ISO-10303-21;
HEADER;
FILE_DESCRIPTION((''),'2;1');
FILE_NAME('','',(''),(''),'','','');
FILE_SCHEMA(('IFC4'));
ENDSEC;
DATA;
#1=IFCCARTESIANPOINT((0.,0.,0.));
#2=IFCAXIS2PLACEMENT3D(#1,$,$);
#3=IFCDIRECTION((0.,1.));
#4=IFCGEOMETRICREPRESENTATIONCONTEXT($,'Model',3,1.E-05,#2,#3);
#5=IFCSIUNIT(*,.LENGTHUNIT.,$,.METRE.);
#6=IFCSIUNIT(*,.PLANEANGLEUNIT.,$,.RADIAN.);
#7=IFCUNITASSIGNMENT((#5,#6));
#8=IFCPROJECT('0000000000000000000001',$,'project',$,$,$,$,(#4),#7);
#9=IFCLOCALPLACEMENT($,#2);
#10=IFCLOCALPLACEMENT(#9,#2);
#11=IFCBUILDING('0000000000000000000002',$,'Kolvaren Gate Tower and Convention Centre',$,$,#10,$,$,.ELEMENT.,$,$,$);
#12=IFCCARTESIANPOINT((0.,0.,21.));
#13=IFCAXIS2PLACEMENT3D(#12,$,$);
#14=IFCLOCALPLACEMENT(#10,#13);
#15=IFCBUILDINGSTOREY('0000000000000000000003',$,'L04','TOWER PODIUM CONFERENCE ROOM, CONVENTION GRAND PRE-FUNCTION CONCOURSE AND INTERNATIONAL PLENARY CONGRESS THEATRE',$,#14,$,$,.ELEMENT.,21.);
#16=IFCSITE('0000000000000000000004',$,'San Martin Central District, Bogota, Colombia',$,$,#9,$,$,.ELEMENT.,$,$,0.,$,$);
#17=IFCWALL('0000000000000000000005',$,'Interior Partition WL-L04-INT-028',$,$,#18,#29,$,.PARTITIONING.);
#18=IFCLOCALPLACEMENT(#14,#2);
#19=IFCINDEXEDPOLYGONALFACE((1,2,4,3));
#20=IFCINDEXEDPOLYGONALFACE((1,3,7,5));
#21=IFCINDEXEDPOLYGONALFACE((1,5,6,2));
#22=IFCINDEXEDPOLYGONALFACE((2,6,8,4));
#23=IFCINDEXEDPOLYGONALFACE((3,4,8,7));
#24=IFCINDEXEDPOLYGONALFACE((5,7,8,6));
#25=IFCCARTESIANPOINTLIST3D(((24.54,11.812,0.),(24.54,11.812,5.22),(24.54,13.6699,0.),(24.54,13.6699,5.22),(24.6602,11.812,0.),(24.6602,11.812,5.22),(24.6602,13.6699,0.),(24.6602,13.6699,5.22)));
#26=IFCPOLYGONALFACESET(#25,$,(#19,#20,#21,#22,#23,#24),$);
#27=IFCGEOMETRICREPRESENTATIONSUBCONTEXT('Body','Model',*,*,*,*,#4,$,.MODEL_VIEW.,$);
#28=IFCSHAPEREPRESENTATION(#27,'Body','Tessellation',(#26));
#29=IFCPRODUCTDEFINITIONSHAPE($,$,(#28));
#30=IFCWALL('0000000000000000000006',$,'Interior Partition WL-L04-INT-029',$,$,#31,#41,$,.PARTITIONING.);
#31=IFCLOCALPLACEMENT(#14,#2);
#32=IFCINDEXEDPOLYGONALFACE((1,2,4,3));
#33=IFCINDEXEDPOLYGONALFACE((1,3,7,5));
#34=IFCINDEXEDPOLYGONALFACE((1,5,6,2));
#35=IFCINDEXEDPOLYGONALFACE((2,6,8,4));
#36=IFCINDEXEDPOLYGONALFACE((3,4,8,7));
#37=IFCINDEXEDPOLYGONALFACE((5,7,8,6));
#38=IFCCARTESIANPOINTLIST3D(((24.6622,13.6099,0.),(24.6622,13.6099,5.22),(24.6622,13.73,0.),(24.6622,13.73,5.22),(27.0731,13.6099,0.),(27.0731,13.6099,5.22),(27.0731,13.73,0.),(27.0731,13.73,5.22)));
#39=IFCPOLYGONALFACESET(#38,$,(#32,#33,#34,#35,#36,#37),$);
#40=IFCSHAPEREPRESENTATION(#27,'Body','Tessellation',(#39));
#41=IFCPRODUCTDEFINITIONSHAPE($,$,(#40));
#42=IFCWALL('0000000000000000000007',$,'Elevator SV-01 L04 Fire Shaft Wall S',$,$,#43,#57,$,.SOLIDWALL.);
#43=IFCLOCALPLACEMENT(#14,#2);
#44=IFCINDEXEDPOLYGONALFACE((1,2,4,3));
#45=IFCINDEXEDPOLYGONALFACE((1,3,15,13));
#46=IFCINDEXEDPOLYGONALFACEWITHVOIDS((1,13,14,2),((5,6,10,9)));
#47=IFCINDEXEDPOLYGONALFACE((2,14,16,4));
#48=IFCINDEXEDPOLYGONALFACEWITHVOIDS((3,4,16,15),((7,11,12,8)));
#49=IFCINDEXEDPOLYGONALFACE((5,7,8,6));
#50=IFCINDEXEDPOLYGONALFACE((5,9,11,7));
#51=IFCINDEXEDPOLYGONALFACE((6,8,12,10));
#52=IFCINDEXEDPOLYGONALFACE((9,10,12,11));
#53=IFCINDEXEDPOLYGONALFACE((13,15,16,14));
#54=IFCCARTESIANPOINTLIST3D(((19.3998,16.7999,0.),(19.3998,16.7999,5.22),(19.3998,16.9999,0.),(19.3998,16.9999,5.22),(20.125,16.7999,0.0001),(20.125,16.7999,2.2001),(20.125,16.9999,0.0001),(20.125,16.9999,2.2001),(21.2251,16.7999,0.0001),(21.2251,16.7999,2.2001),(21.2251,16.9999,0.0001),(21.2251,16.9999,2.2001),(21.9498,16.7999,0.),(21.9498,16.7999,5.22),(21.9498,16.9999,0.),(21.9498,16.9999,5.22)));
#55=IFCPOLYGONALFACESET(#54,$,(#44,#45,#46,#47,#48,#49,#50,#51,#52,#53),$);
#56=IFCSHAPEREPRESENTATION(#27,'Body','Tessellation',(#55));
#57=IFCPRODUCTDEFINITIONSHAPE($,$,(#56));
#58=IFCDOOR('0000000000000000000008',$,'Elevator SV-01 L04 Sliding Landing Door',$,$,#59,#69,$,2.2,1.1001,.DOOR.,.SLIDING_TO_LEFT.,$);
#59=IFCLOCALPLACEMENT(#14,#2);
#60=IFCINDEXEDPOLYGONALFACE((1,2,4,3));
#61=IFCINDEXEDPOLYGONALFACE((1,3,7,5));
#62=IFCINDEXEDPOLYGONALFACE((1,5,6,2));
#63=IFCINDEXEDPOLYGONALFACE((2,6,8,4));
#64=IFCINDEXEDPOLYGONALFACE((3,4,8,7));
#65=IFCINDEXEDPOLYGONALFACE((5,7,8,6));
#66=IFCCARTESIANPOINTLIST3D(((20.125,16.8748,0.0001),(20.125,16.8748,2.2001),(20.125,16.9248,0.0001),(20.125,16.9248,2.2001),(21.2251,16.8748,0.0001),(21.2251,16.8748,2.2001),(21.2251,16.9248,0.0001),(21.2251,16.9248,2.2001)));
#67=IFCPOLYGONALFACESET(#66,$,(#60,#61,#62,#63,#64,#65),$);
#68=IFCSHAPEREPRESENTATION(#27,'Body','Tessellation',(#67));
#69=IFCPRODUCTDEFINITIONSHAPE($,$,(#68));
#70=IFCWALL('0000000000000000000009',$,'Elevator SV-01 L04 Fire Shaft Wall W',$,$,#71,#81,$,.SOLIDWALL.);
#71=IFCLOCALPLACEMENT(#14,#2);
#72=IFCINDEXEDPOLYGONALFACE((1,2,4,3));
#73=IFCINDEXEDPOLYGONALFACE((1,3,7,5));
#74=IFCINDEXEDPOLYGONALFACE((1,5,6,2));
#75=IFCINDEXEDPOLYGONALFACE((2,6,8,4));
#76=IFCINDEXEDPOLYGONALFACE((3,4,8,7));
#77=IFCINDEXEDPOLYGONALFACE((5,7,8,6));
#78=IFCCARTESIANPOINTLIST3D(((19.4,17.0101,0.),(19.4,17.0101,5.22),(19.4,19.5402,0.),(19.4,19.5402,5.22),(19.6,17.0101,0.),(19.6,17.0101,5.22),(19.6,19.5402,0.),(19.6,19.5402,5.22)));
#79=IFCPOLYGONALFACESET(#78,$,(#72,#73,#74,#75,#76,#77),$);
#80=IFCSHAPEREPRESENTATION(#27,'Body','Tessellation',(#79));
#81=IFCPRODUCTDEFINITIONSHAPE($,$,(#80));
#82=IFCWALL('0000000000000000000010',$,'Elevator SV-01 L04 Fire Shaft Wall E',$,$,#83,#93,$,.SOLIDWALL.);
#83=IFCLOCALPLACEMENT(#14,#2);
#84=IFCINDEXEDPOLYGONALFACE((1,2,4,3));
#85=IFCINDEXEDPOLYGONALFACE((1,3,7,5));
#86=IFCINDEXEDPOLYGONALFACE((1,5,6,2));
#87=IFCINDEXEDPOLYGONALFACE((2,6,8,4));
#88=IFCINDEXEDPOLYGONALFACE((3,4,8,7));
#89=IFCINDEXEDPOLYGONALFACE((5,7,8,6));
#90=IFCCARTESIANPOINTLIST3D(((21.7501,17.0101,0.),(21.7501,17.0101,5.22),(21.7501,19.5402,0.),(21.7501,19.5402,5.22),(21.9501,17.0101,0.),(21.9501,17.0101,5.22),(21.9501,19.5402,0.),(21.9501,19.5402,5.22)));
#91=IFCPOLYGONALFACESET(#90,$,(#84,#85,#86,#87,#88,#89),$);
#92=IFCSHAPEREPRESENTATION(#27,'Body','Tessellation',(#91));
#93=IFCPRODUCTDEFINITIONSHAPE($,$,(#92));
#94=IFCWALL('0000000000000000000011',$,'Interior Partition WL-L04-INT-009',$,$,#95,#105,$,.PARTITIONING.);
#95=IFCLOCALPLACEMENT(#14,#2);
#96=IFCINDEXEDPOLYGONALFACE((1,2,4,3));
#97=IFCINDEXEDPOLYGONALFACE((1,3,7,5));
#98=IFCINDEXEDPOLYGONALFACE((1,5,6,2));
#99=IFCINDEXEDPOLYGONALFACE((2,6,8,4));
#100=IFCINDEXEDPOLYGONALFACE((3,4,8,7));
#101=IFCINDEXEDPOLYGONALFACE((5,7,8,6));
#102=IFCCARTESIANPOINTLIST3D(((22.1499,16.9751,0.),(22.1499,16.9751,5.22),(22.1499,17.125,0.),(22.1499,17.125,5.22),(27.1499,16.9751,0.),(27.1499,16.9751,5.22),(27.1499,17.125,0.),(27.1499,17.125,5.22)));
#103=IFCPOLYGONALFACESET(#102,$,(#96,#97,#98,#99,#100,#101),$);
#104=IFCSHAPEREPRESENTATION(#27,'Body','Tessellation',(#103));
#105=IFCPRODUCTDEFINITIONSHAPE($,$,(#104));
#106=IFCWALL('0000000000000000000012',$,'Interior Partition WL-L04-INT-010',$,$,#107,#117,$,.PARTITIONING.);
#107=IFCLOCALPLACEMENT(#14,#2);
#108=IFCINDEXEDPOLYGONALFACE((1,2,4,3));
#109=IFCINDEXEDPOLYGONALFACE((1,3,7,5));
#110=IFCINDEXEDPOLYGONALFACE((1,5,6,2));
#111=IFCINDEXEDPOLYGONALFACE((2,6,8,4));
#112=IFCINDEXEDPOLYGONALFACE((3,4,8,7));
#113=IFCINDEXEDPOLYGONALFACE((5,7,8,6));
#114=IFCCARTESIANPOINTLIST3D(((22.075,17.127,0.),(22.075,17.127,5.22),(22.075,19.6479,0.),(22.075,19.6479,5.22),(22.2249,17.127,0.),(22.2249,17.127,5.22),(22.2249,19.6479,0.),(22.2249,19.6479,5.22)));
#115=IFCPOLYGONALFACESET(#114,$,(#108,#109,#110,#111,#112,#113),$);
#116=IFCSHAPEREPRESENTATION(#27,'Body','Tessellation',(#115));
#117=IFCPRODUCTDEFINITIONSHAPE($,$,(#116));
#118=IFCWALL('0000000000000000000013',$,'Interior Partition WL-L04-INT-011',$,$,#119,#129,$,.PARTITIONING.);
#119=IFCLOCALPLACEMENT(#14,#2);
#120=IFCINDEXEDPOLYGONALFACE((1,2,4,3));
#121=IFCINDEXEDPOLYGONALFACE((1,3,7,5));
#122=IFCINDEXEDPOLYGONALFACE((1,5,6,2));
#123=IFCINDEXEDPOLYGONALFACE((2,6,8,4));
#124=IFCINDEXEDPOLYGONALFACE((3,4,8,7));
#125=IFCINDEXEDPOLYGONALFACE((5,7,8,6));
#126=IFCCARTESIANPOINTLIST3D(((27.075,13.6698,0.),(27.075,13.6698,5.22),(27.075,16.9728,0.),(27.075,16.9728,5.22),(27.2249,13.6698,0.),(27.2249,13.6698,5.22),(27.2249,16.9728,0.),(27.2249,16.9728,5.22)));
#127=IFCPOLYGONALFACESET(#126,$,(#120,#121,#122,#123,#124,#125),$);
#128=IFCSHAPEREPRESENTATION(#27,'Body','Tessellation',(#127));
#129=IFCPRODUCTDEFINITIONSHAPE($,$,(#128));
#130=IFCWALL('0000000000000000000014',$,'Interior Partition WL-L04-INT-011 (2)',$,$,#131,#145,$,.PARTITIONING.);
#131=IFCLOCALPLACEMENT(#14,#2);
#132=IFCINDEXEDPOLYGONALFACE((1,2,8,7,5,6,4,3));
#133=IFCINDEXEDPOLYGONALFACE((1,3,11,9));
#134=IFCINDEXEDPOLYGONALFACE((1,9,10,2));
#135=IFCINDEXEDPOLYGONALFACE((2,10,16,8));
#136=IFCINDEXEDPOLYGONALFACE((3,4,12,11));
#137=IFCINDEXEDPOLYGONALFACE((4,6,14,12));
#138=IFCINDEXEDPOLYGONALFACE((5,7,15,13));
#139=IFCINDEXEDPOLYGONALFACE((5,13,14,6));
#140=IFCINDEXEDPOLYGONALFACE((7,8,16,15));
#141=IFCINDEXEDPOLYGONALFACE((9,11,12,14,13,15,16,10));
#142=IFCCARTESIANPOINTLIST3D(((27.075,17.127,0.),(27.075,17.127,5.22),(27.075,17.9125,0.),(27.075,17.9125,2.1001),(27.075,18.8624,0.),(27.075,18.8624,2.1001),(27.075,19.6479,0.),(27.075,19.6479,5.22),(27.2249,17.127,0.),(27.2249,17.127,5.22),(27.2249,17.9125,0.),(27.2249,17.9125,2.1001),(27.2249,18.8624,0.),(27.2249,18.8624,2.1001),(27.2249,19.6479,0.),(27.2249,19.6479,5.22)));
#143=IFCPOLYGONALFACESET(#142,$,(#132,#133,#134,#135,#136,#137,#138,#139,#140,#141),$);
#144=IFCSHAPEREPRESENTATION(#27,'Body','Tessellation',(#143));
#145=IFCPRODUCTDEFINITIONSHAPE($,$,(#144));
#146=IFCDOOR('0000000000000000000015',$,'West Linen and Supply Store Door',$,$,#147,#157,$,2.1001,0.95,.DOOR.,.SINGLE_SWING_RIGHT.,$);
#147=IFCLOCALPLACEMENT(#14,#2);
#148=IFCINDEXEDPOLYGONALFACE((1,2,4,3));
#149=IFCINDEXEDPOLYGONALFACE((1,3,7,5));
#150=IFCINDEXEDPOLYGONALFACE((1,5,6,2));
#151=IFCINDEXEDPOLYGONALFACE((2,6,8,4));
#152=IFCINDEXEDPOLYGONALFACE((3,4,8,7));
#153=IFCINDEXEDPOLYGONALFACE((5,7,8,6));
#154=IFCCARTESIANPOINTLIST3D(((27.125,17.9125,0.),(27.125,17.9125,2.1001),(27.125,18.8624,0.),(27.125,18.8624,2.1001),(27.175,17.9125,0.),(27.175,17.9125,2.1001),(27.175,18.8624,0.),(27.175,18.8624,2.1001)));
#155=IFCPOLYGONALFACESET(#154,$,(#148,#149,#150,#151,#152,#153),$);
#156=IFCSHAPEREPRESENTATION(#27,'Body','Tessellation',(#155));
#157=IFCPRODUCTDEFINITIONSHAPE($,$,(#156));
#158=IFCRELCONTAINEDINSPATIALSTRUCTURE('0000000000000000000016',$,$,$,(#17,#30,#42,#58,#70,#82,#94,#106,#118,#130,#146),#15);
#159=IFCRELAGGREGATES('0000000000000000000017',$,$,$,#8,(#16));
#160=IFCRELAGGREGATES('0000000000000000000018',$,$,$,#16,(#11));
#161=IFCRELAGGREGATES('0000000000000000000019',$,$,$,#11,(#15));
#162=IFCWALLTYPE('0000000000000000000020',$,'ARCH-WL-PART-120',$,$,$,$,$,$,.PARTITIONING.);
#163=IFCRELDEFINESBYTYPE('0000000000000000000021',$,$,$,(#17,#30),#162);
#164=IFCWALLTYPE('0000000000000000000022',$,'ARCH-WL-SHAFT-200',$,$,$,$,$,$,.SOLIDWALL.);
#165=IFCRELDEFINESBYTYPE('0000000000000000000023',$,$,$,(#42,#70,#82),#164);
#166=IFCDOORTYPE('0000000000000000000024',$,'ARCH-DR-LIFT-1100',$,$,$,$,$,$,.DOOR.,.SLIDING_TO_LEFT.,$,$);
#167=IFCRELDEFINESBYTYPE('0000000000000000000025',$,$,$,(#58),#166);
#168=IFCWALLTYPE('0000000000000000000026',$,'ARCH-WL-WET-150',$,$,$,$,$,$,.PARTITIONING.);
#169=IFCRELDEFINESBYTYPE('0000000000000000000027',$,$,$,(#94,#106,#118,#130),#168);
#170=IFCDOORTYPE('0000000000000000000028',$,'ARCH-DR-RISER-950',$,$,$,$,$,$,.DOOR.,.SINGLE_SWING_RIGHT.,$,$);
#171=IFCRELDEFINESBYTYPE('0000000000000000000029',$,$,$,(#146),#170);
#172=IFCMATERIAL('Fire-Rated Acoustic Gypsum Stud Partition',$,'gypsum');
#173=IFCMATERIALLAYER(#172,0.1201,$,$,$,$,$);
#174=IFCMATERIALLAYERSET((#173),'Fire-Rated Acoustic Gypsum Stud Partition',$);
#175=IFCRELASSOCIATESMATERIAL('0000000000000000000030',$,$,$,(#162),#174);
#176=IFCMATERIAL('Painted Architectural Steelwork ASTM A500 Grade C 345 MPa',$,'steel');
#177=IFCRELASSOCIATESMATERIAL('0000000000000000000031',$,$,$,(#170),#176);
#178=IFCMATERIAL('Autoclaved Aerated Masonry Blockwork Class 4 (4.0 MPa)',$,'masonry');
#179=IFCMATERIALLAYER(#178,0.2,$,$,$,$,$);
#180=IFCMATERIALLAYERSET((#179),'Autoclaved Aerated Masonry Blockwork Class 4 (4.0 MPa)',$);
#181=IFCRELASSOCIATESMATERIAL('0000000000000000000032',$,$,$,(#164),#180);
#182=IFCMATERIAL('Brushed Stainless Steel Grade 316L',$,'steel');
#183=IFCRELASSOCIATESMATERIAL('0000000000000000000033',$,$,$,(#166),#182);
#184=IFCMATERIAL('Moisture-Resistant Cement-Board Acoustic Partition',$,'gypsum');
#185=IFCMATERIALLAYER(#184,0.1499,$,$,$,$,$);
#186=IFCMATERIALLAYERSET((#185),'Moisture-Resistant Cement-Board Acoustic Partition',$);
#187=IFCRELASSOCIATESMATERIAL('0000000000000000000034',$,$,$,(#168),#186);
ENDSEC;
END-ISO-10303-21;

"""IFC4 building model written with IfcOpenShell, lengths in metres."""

from ifc_helpers import new_model, si_unit, direction, frame, frame_2d, origin, place, context, subcontext, project, spatial, rectangle, extrude, material, layer, layer_set, type_object, element, fill, save


model = new_model("IFC4")

# Units and contexts
model_context = context("Model", 3, precision=1e-05, world=origin(), true_north=direction((0.0, 1.0)))
body_context = subcontext(model_context, "Body", "Model", "MODEL_VIEW")
ifc_project = project(units=[si_unit("LENGTHUNIT", "METRE"), si_unit("PLANEANGLEUNIT", "RADIAN")], contexts=[model_context])

# Site, building, storey
site_placement = place(None, origin())
site = spatial("IfcSite", under=ifc_project, at=site_placement, Name="San Martin Central District, Bogota, Colombia", CompositionType="ELEMENT", RefElevation=0.0)
building_placement = place(site_placement, origin())
building = spatial("IfcBuilding", under=site, at=building_placement, Name="Kolvaren Gate Tower and Convention Centre", CompositionType="ELEMENT")
storey_placement = place(building_placement, frame((0.0, 0.0, 21.0)))
storey = spatial("IfcBuildingStorey", under=building, at=storey_placement, Name="L04", Description="TOWER PODIUM CONFERENCE ROOM, CONVENTION GRAND PRE-FUNCTION CONCOURSE AND INTERNATIONAL PLENARY CONGRESS THEATRE", CompositionType="ELEMENT", Elevation=21.0)

# Shared definitions
ifc_material_1 = material(Name="Fire-Rated Acoustic Gypsum Stud Partition", Category="gypsum")
ifc_layer_1 = layer(ifc_material_1, 0.1201)
ifc_layer_set_1 = layer_set([ifc_layer_1], Name="Fire-Rated Acoustic Gypsum Stud Partition")
wall_type_1 = type_object("IfcWallType", Name="ARCH-WL-PART-120", PredefinedType="PARTITIONING", material=ifc_layer_set_1)
ifc_material_2 = material(Name="Painted Architectural Steelwork ASTM A500 Grade C 345 MPa", Category="steel")
door_type_1 = type_object("IfcDoorType", Name="ARCH-DR-RISER-950", OperationType="SINGLE_SWING_RIGHT", PredefinedType="DOOR", material=ifc_material_2)

# Walls
wall_1_placement = place(storey_placement, frame((24.6001, 11.812, 0.0), z_axis=(0.0, 0.0, 1.0), x_axis=(0.0, 1.0, 0.0)))
element("IfcWall", 1, at=wall_1_placement, inside=storey, type_object=wall_type_1, Name="Interior Partition WL-L04-INT-028", PredefinedType="PARTITIONING", context=body_context, shape_type="SweptSolid", body=[
    extrude(rectangle(XDim=1.8579, YDim=0.1201, at=frame_2d((0.929, 0.0))), origin(), (0.0, 0.0, 1.0), 5.22),
])
wall_2_placement = place(storey_placement, frame((24.6621, 13.6699, 0.0), z_axis=(0.0, 0.0, 1.0), x_axis=(1.0, 0.0, 0.0)))
element("IfcWall", 2, at=wall_2_placement, inside=storey, type_object=wall_type_1, Name="Interior Partition WL-L04-INT-029", PredefinedType="PARTITIONING", context=body_context, shape_type="SweptSolid", body=[
    extrude(rectangle(XDim=2.4109, YDim=0.1201, at=frame_2d((1.2056, 0.0))), origin(), (0.0, 0.0, 1.0), 5.22),
])

# Wall, opening, door
ifc_material_3 = material(Name="Autoclaved Aerated Masonry Blockwork Class 4 (4.0 MPa)", Category="masonry")
ifc_layer_2 = layer(ifc_material_3, 0.2)
ifc_layer_set_2 = layer_set([ifc_layer_2], Name="Autoclaved Aerated Masonry Blockwork Class 4 (4.0 MPa)")
wall_type_2 = type_object("IfcWallType", Name="ARCH-WL-SHAFT-200", PredefinedType="SOLIDWALL", material=ifc_layer_set_2)
wall_3_placement = place(storey_placement, frame((19.3999, 16.8999, 0.0), z_axis=(0.0, 0.0, 1.0), x_axis=(1.0, 0.0, 0.0)))
wall_3 = element("IfcWall", 3, at=wall_3_placement, inside=storey, type_object=wall_type_2, Name="Elevator SV-01 L04 Fire Shaft Wall S", PredefinedType="SOLIDWALL", context=body_context, shape_type="SweptSolid", body=[
    extrude(rectangle(XDim=2.55, YDim=0.2, at=frame_2d((1.2749, 0.0))), origin(), (0.0, 0.0, 1.0), 5.22),
])
opening_1_placement = place(wall_3_placement, frame((0.7251, 0.0, 0.0)))
opening_1 = element("IfcOpeningElement", 4, at=opening_1_placement, cuts=wall_3, PredefinedType="OPENING", context=body_context, shape_type="SweptSolid", body=[
    extrude(rectangle(XDim=1.1001, YDim=2.2, at=frame_2d((0.55, 1.1001))), frame((0.0, 0.1099, 0.0), z_axis=(0.0, -1.0, 0.0), x_axis=(1.0, 0.0, 0.0)), (0.0, 0.0, 1.0), 0.22),
])
ifc_material_4 = material(Name="Brushed Stainless Steel Grade 316L", Category="steel")
door_type_2 = type_object("IfcDoorType", Name="ARCH-DR-LIFT-1100", OperationType="SLIDING_TO_LEFT", PredefinedType="DOOR", material=ifc_material_4)
door_1_placement = place(opening_1_placement, origin())
door_1 = element("IfcDoor", 5, at=door_1_placement, inside=storey, type_object=door_type_2, Name="Elevator SV-01 L04 Sliding Landing Door", OperationType="SLIDING_TO_LEFT", OverallHeight=2.2, OverallWidth=1.1001, PredefinedType="DOOR", context=body_context, shape_type="SweptSolid", body=[
    extrude(rectangle(XDim=1.1001, YDim=2.2, at=frame_2d((0.55, 1.1001))), frame((0.0, 0.0249, 0.0), z_axis=(0.0, -1.0, 0.0), x_axis=(1.0, 0.0, 0.0)), (0.0, 0.0, 1.0), 0.05),
])
fill(opening_1, door_1)

# Walls
for number, where, z_axis, x_axis, name in (
    (6, (19.5, 17.01, 0.0), (0.0, 0.0, 1.0), (0.0, 1.0, 0.0), "Elevator SV-01 L04 Fire Shaft Wall W"),
    (7, (21.8501, 17.01, 0.0), (0.0, 0.0, 1.0), (0.0, 1.0, 0.0), "Elevator SV-01 L04 Fire Shaft Wall E"),
):
    element("IfcWall", number, at=place(storey_placement, frame(where, z_axis=z_axis, x_axis=x_axis)), inside=storey, type_object=wall_type_2, Name=name, PredefinedType="SOLIDWALL", context=body_context, shape_type="SweptSolid", body=[
        extrude(rectangle(XDim=2.53, YDim=0.2, at=frame_2d((1.2651, 0.0))), origin(), (0.0, 0.0, 1.0), 5.22),
    ])
ifc_material_5 = material(Name="Moisture-Resistant Cement-Board Acoustic Partition", Category="gypsum")
ifc_layer_3 = layer(ifc_material_5, 0.1499)
ifc_layer_set_3 = layer_set([ifc_layer_3], Name="Moisture-Resistant Cement-Board Acoustic Partition")
wall_type_3 = type_object("IfcWallType", Name="ARCH-WL-WET-150", PredefinedType="PARTITIONING", material=ifc_layer_set_3)
wall_4_placement = place(storey_placement, frame((22.1499, 17.05, 0.0), z_axis=(0.0, 0.0, 1.0), x_axis=(1.0, 0.0, 0.0)))
element("IfcWall", 8, at=wall_4_placement, inside=storey, type_object=wall_type_3, Name="Interior Partition WL-L04-INT-009", PredefinedType="PARTITIONING", context=body_context, shape_type="SweptSolid", body=[
    extrude(rectangle(XDim=5.0, YDim=0.1499, at=frame_2d((2.5, 0.0))), origin(), (0.0, 0.0, 1.0), 5.22),
])
wall_5_placement = place(storey_placement, frame((22.1499, 17.127, 0.0), z_axis=(0.0, 0.0, 1.0), x_axis=(0.0, 1.0, 0.0)))
element("IfcWall", 9, at=wall_5_placement, inside=storey, type_object=wall_type_3, Name="Interior Partition WL-L04-INT-010", PredefinedType="PARTITIONING", context=body_context, shape_type="SweptSolid", body=[
    extrude(rectangle(XDim=2.521, YDim=0.1499, at=frame_2d((1.2605, 0.0))), origin(), (0.0, 0.0, 1.0), 5.22),
])
wall_6_placement = place(storey_placement, frame((27.1499, 13.6699, 0.0), z_axis=(0.0, 0.0, 1.0), x_axis=(0.0, 1.0, 0.0)))
element("IfcWall", 10, at=wall_6_placement, inside=storey, type_object=wall_type_3, Name="Interior Partition WL-L04-INT-011", PredefinedType="PARTITIONING", context=body_context, shape_type="SweptSolid", body=[
    extrude(rectangle(XDim=3.303, YDim=0.1499, at=frame_2d((1.6514, 0.0))), origin(), (0.0, 0.0, 1.0), 5.22),
])

# Wall, opening, door
wall_7_placement = place(storey_placement, frame((27.1499, 17.127, 0.0), z_axis=(0.0, 0.0, 1.0), x_axis=(0.0, 1.0, 0.0)))
wall_7 = element("IfcWall", 11, at=wall_7_placement, inside=storey, type_object=wall_type_3, Name="Interior Partition WL-L04-INT-011 (2)", PredefinedType="PARTITIONING", context=body_context, shape_type="SweptSolid", body=[
    extrude(rectangle(XDim=2.521, YDim=0.1499, at=frame_2d((1.2605, 0.0))), origin(), (0.0, 0.0, 1.0), 5.22),
])
opening_2_placement = place(wall_7_placement, frame((0.7854, 0.0, 0.0)))
opening_2 = element("IfcOpeningElement", 12, at=opening_2_placement, cuts=wall_7, PredefinedType="OPENING", context=body_context, shape_type="SweptSolid", body=[
    extrude(rectangle(XDim=0.95, YDim=2.1001, at=frame_2d((0.4751, 1.05))), frame((0.0, 0.085, 0.0), z_axis=(0.0, -1.0, 0.0), x_axis=(1.0, 0.0, 0.0)), (0.0, 0.0, 1.0), 0.1699),
])
door_2_placement = place(opening_2_placement, origin())
door_2 = element("IfcDoor", 13, at=door_2_placement, inside=storey, type_object=door_type_1, Name="West Linen and Supply Store Door", OperationType="SINGLE_SWING_RIGHT", OverallHeight=2.1001, OverallWidth=0.95, PredefinedType="DOOR", context=body_context, shape_type="SweptSolid", body=[
    extrude(rectangle(XDim=0.95, YDim=2.1001, at=frame_2d((0.4751, 1.05))), frame((0.0, 0.0249, 0.0), z_axis=(0.0, -1.0, 0.0), x_axis=(1.0, 0.0, 0.0)), (0.0, 0.0, 1.0), 0.05),
])
fill(opening_2, door_2)

save(model, "model.ifc")
